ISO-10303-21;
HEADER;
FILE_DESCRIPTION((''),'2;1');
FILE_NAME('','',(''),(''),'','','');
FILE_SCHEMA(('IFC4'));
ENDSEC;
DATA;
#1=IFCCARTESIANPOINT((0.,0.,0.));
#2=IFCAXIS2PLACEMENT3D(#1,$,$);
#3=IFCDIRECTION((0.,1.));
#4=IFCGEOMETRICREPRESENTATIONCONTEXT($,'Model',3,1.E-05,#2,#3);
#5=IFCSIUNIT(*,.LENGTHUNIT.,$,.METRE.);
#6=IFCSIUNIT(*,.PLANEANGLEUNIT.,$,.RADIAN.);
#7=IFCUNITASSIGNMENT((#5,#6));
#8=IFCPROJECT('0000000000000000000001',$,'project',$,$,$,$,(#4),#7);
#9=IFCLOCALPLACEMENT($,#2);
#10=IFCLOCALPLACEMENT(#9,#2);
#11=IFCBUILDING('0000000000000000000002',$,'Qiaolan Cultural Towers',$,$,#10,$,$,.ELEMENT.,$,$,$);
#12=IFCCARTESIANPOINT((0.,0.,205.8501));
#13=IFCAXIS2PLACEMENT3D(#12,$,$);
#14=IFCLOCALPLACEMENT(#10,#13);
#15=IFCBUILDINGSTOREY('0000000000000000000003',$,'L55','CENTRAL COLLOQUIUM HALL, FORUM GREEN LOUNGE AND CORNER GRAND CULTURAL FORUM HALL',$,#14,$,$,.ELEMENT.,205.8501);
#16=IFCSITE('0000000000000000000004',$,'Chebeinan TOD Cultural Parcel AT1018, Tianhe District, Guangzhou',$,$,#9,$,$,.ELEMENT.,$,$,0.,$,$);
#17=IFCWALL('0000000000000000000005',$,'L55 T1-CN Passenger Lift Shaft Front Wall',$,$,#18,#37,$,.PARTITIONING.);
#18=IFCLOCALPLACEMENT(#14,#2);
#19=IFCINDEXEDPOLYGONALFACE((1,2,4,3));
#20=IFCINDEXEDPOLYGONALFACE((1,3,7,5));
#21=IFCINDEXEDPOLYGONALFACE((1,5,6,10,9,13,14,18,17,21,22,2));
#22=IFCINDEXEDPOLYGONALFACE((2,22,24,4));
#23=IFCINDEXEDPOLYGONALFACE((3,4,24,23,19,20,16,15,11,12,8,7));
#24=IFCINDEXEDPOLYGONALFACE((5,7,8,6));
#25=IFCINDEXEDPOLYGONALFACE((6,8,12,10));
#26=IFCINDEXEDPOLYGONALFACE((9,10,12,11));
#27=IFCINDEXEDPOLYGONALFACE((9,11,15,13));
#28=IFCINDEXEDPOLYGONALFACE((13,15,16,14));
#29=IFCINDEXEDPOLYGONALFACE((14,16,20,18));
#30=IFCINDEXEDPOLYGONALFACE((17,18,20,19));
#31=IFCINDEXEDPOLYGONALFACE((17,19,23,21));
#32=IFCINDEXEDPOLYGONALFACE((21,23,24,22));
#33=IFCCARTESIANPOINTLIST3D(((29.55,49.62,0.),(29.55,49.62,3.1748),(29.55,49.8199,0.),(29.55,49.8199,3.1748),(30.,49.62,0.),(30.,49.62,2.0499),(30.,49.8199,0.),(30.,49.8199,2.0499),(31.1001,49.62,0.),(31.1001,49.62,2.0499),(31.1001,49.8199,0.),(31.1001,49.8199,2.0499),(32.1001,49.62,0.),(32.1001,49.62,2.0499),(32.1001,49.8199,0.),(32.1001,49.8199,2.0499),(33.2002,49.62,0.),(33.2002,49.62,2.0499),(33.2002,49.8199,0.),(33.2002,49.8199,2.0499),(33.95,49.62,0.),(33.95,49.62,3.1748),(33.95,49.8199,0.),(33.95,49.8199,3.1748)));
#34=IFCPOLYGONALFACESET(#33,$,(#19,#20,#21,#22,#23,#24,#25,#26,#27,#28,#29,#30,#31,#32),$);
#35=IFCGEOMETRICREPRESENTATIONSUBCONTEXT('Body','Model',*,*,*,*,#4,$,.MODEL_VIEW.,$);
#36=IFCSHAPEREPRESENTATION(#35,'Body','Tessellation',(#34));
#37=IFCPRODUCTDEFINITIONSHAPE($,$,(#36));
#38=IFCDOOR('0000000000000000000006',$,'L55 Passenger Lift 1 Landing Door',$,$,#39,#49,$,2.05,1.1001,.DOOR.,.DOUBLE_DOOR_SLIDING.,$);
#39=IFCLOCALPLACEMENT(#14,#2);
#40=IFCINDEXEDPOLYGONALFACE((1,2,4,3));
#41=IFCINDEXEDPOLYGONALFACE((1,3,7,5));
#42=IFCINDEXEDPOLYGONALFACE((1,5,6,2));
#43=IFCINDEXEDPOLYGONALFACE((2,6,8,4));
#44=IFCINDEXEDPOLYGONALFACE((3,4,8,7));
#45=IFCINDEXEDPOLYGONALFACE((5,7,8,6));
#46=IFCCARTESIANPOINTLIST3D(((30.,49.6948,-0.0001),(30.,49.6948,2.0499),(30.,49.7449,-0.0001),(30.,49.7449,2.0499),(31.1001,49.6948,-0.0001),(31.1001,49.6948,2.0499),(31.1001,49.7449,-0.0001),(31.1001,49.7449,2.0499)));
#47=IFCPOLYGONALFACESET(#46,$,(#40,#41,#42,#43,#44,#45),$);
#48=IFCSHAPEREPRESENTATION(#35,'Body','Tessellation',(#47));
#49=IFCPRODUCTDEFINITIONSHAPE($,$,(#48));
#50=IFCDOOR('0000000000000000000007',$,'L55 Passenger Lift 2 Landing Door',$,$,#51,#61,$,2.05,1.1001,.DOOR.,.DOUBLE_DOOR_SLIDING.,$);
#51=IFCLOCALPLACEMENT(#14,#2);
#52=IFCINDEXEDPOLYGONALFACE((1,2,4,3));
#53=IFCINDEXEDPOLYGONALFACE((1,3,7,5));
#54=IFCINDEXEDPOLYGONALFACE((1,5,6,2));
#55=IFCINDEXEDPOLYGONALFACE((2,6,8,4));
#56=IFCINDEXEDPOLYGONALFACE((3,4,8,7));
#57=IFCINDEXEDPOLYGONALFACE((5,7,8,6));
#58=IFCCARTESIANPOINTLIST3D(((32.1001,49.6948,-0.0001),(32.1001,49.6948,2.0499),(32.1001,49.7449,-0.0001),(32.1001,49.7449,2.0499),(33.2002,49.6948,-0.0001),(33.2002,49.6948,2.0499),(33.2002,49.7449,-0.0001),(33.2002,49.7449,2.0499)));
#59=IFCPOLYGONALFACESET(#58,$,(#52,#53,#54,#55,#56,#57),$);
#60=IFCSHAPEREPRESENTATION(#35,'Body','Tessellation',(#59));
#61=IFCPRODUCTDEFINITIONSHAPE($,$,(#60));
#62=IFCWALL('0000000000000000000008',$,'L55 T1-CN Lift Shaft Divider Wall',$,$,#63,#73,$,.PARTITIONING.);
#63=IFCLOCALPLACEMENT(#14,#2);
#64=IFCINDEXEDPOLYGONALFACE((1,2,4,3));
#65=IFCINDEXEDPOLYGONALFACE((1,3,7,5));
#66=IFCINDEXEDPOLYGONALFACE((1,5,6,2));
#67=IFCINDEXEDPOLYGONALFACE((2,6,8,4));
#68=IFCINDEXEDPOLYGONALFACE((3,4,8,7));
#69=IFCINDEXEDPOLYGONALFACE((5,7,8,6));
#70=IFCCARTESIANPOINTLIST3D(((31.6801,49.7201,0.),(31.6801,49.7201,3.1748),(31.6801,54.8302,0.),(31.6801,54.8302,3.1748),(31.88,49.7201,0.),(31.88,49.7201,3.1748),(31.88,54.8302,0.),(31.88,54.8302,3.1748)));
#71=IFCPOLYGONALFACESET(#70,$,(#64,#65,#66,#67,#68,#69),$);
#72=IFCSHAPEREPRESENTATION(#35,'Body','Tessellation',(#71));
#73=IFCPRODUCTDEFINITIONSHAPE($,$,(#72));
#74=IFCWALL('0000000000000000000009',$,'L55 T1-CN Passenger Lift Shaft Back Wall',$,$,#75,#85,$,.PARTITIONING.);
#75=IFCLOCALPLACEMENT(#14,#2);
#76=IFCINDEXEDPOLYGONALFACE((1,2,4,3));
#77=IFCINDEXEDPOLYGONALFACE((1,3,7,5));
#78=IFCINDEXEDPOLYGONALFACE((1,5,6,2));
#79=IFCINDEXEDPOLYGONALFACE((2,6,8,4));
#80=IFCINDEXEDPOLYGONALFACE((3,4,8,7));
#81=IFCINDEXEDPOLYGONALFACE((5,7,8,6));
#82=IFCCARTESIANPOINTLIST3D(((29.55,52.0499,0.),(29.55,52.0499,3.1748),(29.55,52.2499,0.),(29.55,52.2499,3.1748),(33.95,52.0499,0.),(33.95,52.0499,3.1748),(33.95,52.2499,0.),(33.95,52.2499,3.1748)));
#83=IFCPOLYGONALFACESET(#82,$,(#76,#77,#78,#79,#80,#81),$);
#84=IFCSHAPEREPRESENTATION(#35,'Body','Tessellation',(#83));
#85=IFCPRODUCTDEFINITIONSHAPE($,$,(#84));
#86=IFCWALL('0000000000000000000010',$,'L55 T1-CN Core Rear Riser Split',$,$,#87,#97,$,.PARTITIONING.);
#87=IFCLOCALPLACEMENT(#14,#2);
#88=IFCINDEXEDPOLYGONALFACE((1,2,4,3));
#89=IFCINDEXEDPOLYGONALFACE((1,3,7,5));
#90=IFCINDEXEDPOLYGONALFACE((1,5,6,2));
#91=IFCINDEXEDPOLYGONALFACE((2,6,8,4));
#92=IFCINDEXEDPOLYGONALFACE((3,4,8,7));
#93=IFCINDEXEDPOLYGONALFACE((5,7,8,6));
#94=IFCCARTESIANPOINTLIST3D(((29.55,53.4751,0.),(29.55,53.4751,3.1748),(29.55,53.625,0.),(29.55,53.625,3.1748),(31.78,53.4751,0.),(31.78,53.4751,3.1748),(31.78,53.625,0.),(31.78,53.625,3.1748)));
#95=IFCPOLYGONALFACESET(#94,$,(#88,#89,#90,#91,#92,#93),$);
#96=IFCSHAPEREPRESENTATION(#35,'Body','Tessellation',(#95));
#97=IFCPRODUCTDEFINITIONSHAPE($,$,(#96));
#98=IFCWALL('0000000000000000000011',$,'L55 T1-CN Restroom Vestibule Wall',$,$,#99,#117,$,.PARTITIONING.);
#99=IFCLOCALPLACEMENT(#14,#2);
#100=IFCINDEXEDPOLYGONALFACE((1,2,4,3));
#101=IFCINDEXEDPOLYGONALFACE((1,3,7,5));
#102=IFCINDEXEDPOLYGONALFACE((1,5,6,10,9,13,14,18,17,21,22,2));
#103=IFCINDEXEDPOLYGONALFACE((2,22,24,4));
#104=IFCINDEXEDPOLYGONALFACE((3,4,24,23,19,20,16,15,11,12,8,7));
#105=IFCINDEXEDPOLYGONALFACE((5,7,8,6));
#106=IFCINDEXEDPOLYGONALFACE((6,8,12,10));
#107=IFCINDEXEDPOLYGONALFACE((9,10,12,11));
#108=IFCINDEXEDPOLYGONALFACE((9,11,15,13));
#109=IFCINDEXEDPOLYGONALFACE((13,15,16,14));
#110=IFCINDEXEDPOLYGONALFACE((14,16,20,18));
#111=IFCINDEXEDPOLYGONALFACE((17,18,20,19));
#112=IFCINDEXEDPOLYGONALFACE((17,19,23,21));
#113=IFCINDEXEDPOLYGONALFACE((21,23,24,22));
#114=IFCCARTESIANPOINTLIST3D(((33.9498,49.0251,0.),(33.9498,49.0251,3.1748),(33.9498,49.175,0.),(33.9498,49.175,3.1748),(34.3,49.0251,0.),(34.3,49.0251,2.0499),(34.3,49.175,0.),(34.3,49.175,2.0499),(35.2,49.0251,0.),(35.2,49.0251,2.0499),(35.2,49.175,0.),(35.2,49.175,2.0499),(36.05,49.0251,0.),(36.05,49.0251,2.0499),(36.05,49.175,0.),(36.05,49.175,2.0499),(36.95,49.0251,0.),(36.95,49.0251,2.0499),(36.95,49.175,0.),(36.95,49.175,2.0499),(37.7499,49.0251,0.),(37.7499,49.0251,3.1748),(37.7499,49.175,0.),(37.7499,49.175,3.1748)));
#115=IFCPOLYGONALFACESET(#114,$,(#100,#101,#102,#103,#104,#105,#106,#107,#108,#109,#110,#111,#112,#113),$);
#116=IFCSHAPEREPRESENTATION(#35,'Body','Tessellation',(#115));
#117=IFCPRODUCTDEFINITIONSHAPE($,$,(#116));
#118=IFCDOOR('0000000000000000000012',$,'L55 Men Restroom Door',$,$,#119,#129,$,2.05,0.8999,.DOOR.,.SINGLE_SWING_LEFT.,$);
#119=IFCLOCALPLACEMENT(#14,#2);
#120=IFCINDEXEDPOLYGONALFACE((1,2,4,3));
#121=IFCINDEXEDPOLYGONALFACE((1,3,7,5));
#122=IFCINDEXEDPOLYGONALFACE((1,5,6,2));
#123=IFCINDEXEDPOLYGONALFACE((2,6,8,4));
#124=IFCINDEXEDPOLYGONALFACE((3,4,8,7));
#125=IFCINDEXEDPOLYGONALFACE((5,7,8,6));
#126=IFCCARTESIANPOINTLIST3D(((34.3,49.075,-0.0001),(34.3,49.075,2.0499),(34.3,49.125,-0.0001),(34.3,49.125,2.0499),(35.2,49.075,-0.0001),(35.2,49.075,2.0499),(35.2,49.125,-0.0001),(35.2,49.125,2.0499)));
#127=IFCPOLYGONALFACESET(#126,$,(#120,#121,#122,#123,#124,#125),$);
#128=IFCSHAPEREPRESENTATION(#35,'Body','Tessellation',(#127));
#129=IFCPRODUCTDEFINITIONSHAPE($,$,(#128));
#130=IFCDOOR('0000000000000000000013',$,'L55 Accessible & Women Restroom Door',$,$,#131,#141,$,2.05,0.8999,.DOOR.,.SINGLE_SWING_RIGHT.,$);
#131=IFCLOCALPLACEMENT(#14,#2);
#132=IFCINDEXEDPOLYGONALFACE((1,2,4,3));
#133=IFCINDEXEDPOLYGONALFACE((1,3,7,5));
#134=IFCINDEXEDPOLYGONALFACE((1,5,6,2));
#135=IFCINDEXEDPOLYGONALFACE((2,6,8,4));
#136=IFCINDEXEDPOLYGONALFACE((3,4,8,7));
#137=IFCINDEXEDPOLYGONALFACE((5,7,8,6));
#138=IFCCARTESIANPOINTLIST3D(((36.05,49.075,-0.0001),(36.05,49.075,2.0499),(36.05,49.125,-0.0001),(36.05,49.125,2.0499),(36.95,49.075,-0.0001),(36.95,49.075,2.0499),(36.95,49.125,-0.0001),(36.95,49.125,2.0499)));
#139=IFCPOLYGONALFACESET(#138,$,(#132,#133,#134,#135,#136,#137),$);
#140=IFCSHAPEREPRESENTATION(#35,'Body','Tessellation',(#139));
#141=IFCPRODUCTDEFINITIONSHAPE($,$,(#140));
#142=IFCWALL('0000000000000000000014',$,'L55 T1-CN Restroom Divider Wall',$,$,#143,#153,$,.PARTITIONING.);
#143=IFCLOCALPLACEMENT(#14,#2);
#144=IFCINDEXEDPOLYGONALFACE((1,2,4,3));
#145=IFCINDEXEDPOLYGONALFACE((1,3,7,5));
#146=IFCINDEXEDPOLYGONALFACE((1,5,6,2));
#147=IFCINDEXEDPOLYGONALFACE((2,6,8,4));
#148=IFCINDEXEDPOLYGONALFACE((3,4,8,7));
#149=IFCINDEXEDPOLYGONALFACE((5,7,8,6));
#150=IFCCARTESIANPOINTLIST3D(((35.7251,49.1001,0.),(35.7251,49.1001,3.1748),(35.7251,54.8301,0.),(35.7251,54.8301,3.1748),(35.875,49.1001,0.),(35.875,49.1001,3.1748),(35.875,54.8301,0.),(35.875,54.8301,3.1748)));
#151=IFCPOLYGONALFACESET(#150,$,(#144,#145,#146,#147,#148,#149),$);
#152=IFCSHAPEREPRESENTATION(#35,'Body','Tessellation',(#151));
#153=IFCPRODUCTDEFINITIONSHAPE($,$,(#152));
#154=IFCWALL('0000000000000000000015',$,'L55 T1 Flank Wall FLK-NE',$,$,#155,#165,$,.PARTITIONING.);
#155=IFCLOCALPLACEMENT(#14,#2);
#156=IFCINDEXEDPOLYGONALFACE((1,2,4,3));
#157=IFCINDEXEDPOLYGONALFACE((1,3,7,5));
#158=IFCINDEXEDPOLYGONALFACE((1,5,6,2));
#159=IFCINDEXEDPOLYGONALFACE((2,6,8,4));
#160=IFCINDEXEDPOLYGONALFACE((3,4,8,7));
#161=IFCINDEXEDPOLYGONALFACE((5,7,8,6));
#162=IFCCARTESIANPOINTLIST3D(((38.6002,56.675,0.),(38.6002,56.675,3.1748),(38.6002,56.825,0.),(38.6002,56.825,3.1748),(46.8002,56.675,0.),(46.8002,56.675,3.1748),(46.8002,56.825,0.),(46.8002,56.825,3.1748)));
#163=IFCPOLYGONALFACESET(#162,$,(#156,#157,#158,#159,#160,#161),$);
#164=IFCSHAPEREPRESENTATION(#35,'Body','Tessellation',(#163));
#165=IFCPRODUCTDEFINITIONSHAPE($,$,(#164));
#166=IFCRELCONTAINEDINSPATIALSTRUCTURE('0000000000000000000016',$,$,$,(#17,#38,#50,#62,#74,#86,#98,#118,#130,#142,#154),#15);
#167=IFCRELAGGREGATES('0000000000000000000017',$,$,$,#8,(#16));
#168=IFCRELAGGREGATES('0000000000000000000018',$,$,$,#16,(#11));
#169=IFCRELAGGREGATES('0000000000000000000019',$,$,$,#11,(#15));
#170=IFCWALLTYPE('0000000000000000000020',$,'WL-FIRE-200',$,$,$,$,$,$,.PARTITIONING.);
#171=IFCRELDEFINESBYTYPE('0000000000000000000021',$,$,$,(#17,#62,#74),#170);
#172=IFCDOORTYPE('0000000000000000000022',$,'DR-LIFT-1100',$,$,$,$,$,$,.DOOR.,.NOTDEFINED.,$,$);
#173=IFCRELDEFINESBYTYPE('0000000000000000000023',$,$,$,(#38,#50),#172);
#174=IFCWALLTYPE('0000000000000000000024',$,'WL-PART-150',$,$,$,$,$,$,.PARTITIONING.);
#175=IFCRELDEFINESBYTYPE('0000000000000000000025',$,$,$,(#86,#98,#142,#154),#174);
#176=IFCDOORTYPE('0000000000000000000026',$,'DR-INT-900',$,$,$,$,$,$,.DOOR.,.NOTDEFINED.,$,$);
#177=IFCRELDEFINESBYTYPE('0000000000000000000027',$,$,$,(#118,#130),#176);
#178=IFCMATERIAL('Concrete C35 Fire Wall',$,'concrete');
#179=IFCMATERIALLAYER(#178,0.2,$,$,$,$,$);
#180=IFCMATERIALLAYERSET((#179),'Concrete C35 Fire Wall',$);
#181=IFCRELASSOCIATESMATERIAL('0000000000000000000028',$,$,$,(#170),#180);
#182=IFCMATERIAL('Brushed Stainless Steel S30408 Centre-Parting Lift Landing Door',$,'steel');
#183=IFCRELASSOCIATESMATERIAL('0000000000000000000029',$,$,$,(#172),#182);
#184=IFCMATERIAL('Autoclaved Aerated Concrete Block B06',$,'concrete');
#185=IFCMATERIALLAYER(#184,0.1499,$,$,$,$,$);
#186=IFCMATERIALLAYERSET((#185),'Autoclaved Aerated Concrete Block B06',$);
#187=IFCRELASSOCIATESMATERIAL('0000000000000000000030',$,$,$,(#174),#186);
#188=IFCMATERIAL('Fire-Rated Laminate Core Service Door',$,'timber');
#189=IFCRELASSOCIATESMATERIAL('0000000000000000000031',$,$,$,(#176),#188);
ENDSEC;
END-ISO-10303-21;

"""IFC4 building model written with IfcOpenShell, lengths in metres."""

from ifc_helpers import new_model, si_unit, direction, frame, frame_2d, origin, place, context, subcontext, project, spatial, rectangle, extrude, material, layer, layer_set, type_object, element, fill, save


model = new_model("IFC4")

# Units and contexts
model_context = context("Model", 3, precision=1e-05, world=origin(), true_north=direction((0.0, 1.0)))
body_context = subcontext(model_context, "Body", "Model", "MODEL_VIEW")
ifc_project = project(units=[si_unit("LENGTHUNIT", "METRE"), si_unit("PLANEANGLEUNIT", "RADIAN")], contexts=[model_context])

# Site, building, storey
site_placement = place(None, origin())
site = spatial("IfcSite", under=ifc_project, at=site_placement, Name="Chebeinan TOD Cultural Parcel AT1018, Tianhe District, Guangzhou", CompositionType="ELEMENT", RefElevation=0.0)
building_placement = place(site_placement, origin())
building = spatial("IfcBuilding", under=site, at=building_placement, Name="Qiaolan Cultural Towers", CompositionType="ELEMENT")
storey_placement = place(building_placement, frame((0.0, 0.0, 205.8501)))
storey = spatial("IfcBuildingStorey", under=building, at=storey_placement, Name="L55", Description="CENTRAL COLLOQUIUM HALL, FORUM GREEN LOUNGE AND CORNER GRAND CULTURAL FORUM HALL", CompositionType="ELEMENT", Elevation=205.8501)

# Shared definitions
ifc_material_1 = material(Name="Concrete C35 Fire Wall", Category="concrete")
ifc_layer_1 = layer(ifc_material_1, 0.2)
ifc_layer_set_1 = layer_set([ifc_layer_1], Name="Concrete C35 Fire Wall")
wall_type_1 = type_object("IfcWallType", Name="WL-FIRE-200", PredefinedType="PARTITIONING", material=ifc_layer_set_1)
ifc_material_2 = material(Name="Brushed Stainless Steel S30408 Centre-Parting Lift Landing Door", Category="steel")
door_type_1 = type_object("IfcDoorType", Name="DR-LIFT-1100", OperationType="NOTDEFINED", PredefinedType="DOOR", material=ifc_material_2)

# Wall, openings, doors
wall_1_placement = place(storey_placement, frame((29.55, 49.72, 0.0), z_axis=(0.0, 0.0, 1.0), x_axis=(1.0, 0.0, 0.0)))
wall_1 = element("IfcWall", 1, at=wall_1_placement, inside=storey, type_object=wall_type_1, Name="L55 T1-CN Passenger Lift Shaft Front Wall", PredefinedType="PARTITIONING", context=body_context, shape_type="SweptSolid", body=[
    extrude(rectangle(XDim=4.3999, YDim=0.2, at=frame_2d((2.2, 0.0))), origin(), (0.0, 0.0, 1.0), 3.1748),
])
opening_1_placement = place(wall_1_placement, frame((0.45, 0.0, 0.0)))
opening_1 = element("IfcOpeningElement", 2, at=opening_1_placement, cuts=wall_1, PredefinedType="OPENING", context=body_context, shape_type="SweptSolid", body=[
    extrude(rectangle(XDim=1.1001, YDim=2.05, at=frame_2d((0.55, 1.0249))), frame((0.0, 0.1099, 0.0), z_axis=(0.0, -1.0, 0.0), x_axis=(1.0, 0.0, 0.0)), (0.0, 0.0, 1.0), 0.22),
])
opening_2_placement = place(wall_1_placement, frame((2.55, 0.0, 0.0)))
opening_2 = element("IfcOpeningElement", 3, at=opening_2_placement, cuts=wall_1, PredefinedType="OPENING", context=body_context, shape_type="SweptSolid", body=[
    extrude(rectangle(XDim=1.1001, YDim=2.05, at=frame_2d((0.55, 1.0249))), frame((0.0, 0.1099, 0.0), z_axis=(0.0, -1.0, 0.0), x_axis=(1.0, 0.0, 0.0)), (0.0, 0.0, 1.0), 0.22),
])
door_1_placement = place(opening_1_placement, origin())
door_1 = element("IfcDoor", 4, at=door_1_placement, inside=storey, type_object=door_type_1, Name="L55 Passenger Lift 1 Landing Door", OperationType="DOUBLE_DOOR_SLIDING", OverallHeight=2.05, OverallWidth=1.1001, PredefinedType="DOOR", context=body_context, shape_type="SweptSolid", body=[
    extrude(rectangle(XDim=1.1001, YDim=2.05, at=frame_2d((0.55, 1.0249))), frame((0.0, 0.0249, 0.0), z_axis=(0.0, -1.0, 0.0), x_axis=(1.0, 0.0, 0.0)), (0.0, 0.0, 1.0), 0.05),
])
fill(opening_1, door_1)
door_2_placement = place(opening_2_placement, origin())
door_2 = element("IfcDoor", 5, at=door_2_placement, inside=storey, type_object=door_type_1, Name="L55 Passenger Lift 2 Landing Door", OperationType="DOUBLE_DOOR_SLIDING", OverallHeight=2.05, OverallWidth=1.1001, PredefinedType="DOOR", context=body_context, shape_type="SweptSolid", body=[
    extrude(rectangle(XDim=1.1001, YDim=2.05, at=frame_2d((0.55, 1.0249))), frame((0.0, 0.0249, 0.0), z_axis=(0.0, -1.0, 0.0), x_axis=(1.0, 0.0, 0.0)), (0.0, 0.0, 1.0), 0.05),
])
fill(opening_2, door_2)

# Walls
wall_2_placement = place(storey_placement, frame((31.78, 49.72, 0.0), z_axis=(0.0, 0.0, 1.0), x_axis=(0.0, 1.0, 0.0)))
element("IfcWall", 6, at=wall_2_placement, inside=storey, type_object=wall_type_1, Name="L55 T1-CN Lift Shaft Divider Wall", PredefinedType="PARTITIONING", context=body_context, shape_type="SweptSolid", body=[
    extrude(rectangle(XDim=5.1101, YDim=0.2, at=frame_2d((2.5552, 0.0))), origin(), (0.0, 0.0, 1.0), 3.1748),
])
wall_3_placement = place(storey_placement, frame((29.55, 52.1499, 0.0), z_axis=(0.0, 0.0, 1.0), x_axis=(1.0, 0.0, 0.0)))
element("IfcWall", 7, at=wall_3_placement, inside=storey, type_object=wall_type_1, Name="L55 T1-CN Passenger Lift Shaft Back Wall", PredefinedType="PARTITIONING", context=body_context, shape_type="SweptSolid", body=[
    extrude(rectangle(XDim=4.3999, YDim=0.2, at=frame_2d((2.2, 0.0))), origin(), (0.0, 0.0, 1.0), 3.1748),
])
ifc_material_3 = material(Name="Autoclaved Aerated Concrete Block B06", Category="concrete")
ifc_layer_2 = layer(ifc_material_3, 0.1499)
ifc_layer_set_2 = layer_set([ifc_layer_2], Name="Autoclaved Aerated Concrete Block B06")
wall_type_2 = type_object("IfcWallType", Name="WL-PART-150", PredefinedType="PARTITIONING", material=ifc_layer_set_2)
wall_4_placement = place(storey_placement, frame((29.55, 53.55, 0.0), z_axis=(0.0, 0.0, 1.0), x_axis=(1.0, 0.0, 0.0)))
element("IfcWall", 8, at=wall_4_placement, inside=storey, type_object=wall_type_2, Name="L55 T1-CN Core Rear Riser Split", PredefinedType="PARTITIONING", context=body_context, shape_type="SweptSolid", body=[
    extrude(rectangle(XDim=2.23, YDim=0.1499, at=frame_2d((1.115, 0.0))), origin(), (0.0, 0.0, 1.0), 3.1748),
])

# Wall, openings, doors
wall_5_placement = place(storey_placement, frame((33.95, 49.1001, 0.0), z_axis=(0.0, 0.0, 1.0), x_axis=(1.0, 0.0, 0.0)))
wall_5 = element("IfcWall", 9, at=wall_5_placement, inside=storey, type_object=wall_type_2, Name="L55 T1-CN Restroom Vestibule Wall", PredefinedType="PARTITIONING", context=body_context, shape_type="SweptSolid", body=[
    extrude(rectangle(XDim=3.8, YDim=0.1499, at=frame_2d((1.8999, 0.0))), origin(), (0.0, 0.0, 1.0), 3.1748),
])
opening_3_placement = place(wall_5_placement, frame((0.3501, 0.0, 0.0)))
opening_3 = element("IfcOpeningElement", 10, at=opening_3_placement, cuts=wall_5, PredefinedType="OPENING", context=body_context, shape_type="SweptSolid", body=[
    extrude(rectangle(XDim=0.8999, YDim=2.05, at=frame_2d((0.45, 1.0249))), frame((0.0, 0.085, 0.0), z_axis=(0.0, -1.0, 0.0), x_axis=(1.0, 0.0, 0.0)), (0.0, 0.0, 1.0), 0.1699),
])
opening_4_placement = place(wall_5_placement, frame((2.1001, 0.0, 0.0)))
opening_4 = element("IfcOpeningElement", 11, at=opening_4_placement, cuts=wall_5, PredefinedType="OPENING", context=body_context, shape_type="SweptSolid", body=[
    extrude(rectangle(XDim=0.8999, YDim=2.05, at=frame_2d((0.45, 1.0249))), frame((0.0, 0.085, 0.0), z_axis=(0.0, -1.0, 0.0), x_axis=(1.0, 0.0, 0.0)), (0.0, 0.0, 1.0), 0.1699),
])
ifc_material_4 = material(Name="Fire-Rated Laminate Core Service Door", Category="timber")
door_type_2 = type_object("IfcDoorType", Name="DR-INT-900", OperationType="NOTDEFINED", PredefinedType="DOOR", material=ifc_material_4)
door_3_placement = place(opening_3_placement, origin())
door_3 = element("IfcDoor", 12, at=door_3_placement, inside=storey, type_object=door_type_2, Name="L55 Men Restroom Door", OperationType="SINGLE_SWING_LEFT", OverallHeight=2.05, OverallWidth=0.8999, PredefinedType="DOOR", context=body_context, shape_type="SweptSolid", body=[
    extrude(rectangle(XDim=0.8999, YDim=2.05, at=frame_2d((0.45, 1.0249))), frame((0.0, 0.0249, 0.0), z_axis=(0.0, -1.0, 0.0), x_axis=(1.0, 0.0, 0.0)), (0.0, 0.0, 1.0), 0.05),
])
fill(opening_3, door_3)
door_4_placement = place(opening_4_placement, origin())
door_4 = element("IfcDoor", 13, at=door_4_placement, inside=storey, type_object=door_type_2, Name="L55 Accessible & Women Restroom Door", OperationType="SINGLE_SWING_RIGHT", OverallHeight=2.05, OverallWidth=0.8999, PredefinedType="DOOR", context=body_context, shape_type="SweptSolid", body=[
    extrude(rectangle(XDim=0.8999, YDim=2.05, at=frame_2d((0.45, 1.0249))), frame((0.0, 0.0249, 0.0), z_axis=(0.0, -1.0, 0.0), x_axis=(1.0, 0.0, 0.0)), (0.0, 0.0, 1.0), 0.05),
])
fill(opening_4, door_4)

# Walls
wall_6_placement = place(storey_placement, frame((35.8, 49.1001, 0.0), z_axis=(0.0, 0.0, 1.0), x_axis=(0.0, 1.0, 0.0)))
element("IfcWall", 14, at=wall_6_placement, inside=storey, type_object=wall_type_2, Name="L55 T1-CN Restroom Divider Wall", PredefinedType="PARTITIONING", context=body_context, shape_type="SweptSolid", body=[
    extrude(rectangle(XDim=5.73, YDim=0.1499, at=frame_2d((2.865, 0.0))), origin(), (0.0, 0.0, 1.0), 3.1748),
])
wall_7_placement = place(storey_placement, frame((38.6001, 56.75, 0.0), z_axis=(0.0, 0.0, 1.0), x_axis=(1.0, 0.0, 0.0)))
element("IfcWall", 15, at=wall_7_placement, inside=storey, type_object=wall_type_2, Name="L55 T1 Flank Wall FLK-NE", PredefinedType="PARTITIONING", context=body_context, shape_type="SweptSolid", body=[
    extrude(rectangle(XDim=8.2, YDim=0.1499, at=frame_2d((4.1001, 0.0))), origin(), (0.0, 0.0, 1.0), 3.1748),
])

save(model, "model.ifc")
